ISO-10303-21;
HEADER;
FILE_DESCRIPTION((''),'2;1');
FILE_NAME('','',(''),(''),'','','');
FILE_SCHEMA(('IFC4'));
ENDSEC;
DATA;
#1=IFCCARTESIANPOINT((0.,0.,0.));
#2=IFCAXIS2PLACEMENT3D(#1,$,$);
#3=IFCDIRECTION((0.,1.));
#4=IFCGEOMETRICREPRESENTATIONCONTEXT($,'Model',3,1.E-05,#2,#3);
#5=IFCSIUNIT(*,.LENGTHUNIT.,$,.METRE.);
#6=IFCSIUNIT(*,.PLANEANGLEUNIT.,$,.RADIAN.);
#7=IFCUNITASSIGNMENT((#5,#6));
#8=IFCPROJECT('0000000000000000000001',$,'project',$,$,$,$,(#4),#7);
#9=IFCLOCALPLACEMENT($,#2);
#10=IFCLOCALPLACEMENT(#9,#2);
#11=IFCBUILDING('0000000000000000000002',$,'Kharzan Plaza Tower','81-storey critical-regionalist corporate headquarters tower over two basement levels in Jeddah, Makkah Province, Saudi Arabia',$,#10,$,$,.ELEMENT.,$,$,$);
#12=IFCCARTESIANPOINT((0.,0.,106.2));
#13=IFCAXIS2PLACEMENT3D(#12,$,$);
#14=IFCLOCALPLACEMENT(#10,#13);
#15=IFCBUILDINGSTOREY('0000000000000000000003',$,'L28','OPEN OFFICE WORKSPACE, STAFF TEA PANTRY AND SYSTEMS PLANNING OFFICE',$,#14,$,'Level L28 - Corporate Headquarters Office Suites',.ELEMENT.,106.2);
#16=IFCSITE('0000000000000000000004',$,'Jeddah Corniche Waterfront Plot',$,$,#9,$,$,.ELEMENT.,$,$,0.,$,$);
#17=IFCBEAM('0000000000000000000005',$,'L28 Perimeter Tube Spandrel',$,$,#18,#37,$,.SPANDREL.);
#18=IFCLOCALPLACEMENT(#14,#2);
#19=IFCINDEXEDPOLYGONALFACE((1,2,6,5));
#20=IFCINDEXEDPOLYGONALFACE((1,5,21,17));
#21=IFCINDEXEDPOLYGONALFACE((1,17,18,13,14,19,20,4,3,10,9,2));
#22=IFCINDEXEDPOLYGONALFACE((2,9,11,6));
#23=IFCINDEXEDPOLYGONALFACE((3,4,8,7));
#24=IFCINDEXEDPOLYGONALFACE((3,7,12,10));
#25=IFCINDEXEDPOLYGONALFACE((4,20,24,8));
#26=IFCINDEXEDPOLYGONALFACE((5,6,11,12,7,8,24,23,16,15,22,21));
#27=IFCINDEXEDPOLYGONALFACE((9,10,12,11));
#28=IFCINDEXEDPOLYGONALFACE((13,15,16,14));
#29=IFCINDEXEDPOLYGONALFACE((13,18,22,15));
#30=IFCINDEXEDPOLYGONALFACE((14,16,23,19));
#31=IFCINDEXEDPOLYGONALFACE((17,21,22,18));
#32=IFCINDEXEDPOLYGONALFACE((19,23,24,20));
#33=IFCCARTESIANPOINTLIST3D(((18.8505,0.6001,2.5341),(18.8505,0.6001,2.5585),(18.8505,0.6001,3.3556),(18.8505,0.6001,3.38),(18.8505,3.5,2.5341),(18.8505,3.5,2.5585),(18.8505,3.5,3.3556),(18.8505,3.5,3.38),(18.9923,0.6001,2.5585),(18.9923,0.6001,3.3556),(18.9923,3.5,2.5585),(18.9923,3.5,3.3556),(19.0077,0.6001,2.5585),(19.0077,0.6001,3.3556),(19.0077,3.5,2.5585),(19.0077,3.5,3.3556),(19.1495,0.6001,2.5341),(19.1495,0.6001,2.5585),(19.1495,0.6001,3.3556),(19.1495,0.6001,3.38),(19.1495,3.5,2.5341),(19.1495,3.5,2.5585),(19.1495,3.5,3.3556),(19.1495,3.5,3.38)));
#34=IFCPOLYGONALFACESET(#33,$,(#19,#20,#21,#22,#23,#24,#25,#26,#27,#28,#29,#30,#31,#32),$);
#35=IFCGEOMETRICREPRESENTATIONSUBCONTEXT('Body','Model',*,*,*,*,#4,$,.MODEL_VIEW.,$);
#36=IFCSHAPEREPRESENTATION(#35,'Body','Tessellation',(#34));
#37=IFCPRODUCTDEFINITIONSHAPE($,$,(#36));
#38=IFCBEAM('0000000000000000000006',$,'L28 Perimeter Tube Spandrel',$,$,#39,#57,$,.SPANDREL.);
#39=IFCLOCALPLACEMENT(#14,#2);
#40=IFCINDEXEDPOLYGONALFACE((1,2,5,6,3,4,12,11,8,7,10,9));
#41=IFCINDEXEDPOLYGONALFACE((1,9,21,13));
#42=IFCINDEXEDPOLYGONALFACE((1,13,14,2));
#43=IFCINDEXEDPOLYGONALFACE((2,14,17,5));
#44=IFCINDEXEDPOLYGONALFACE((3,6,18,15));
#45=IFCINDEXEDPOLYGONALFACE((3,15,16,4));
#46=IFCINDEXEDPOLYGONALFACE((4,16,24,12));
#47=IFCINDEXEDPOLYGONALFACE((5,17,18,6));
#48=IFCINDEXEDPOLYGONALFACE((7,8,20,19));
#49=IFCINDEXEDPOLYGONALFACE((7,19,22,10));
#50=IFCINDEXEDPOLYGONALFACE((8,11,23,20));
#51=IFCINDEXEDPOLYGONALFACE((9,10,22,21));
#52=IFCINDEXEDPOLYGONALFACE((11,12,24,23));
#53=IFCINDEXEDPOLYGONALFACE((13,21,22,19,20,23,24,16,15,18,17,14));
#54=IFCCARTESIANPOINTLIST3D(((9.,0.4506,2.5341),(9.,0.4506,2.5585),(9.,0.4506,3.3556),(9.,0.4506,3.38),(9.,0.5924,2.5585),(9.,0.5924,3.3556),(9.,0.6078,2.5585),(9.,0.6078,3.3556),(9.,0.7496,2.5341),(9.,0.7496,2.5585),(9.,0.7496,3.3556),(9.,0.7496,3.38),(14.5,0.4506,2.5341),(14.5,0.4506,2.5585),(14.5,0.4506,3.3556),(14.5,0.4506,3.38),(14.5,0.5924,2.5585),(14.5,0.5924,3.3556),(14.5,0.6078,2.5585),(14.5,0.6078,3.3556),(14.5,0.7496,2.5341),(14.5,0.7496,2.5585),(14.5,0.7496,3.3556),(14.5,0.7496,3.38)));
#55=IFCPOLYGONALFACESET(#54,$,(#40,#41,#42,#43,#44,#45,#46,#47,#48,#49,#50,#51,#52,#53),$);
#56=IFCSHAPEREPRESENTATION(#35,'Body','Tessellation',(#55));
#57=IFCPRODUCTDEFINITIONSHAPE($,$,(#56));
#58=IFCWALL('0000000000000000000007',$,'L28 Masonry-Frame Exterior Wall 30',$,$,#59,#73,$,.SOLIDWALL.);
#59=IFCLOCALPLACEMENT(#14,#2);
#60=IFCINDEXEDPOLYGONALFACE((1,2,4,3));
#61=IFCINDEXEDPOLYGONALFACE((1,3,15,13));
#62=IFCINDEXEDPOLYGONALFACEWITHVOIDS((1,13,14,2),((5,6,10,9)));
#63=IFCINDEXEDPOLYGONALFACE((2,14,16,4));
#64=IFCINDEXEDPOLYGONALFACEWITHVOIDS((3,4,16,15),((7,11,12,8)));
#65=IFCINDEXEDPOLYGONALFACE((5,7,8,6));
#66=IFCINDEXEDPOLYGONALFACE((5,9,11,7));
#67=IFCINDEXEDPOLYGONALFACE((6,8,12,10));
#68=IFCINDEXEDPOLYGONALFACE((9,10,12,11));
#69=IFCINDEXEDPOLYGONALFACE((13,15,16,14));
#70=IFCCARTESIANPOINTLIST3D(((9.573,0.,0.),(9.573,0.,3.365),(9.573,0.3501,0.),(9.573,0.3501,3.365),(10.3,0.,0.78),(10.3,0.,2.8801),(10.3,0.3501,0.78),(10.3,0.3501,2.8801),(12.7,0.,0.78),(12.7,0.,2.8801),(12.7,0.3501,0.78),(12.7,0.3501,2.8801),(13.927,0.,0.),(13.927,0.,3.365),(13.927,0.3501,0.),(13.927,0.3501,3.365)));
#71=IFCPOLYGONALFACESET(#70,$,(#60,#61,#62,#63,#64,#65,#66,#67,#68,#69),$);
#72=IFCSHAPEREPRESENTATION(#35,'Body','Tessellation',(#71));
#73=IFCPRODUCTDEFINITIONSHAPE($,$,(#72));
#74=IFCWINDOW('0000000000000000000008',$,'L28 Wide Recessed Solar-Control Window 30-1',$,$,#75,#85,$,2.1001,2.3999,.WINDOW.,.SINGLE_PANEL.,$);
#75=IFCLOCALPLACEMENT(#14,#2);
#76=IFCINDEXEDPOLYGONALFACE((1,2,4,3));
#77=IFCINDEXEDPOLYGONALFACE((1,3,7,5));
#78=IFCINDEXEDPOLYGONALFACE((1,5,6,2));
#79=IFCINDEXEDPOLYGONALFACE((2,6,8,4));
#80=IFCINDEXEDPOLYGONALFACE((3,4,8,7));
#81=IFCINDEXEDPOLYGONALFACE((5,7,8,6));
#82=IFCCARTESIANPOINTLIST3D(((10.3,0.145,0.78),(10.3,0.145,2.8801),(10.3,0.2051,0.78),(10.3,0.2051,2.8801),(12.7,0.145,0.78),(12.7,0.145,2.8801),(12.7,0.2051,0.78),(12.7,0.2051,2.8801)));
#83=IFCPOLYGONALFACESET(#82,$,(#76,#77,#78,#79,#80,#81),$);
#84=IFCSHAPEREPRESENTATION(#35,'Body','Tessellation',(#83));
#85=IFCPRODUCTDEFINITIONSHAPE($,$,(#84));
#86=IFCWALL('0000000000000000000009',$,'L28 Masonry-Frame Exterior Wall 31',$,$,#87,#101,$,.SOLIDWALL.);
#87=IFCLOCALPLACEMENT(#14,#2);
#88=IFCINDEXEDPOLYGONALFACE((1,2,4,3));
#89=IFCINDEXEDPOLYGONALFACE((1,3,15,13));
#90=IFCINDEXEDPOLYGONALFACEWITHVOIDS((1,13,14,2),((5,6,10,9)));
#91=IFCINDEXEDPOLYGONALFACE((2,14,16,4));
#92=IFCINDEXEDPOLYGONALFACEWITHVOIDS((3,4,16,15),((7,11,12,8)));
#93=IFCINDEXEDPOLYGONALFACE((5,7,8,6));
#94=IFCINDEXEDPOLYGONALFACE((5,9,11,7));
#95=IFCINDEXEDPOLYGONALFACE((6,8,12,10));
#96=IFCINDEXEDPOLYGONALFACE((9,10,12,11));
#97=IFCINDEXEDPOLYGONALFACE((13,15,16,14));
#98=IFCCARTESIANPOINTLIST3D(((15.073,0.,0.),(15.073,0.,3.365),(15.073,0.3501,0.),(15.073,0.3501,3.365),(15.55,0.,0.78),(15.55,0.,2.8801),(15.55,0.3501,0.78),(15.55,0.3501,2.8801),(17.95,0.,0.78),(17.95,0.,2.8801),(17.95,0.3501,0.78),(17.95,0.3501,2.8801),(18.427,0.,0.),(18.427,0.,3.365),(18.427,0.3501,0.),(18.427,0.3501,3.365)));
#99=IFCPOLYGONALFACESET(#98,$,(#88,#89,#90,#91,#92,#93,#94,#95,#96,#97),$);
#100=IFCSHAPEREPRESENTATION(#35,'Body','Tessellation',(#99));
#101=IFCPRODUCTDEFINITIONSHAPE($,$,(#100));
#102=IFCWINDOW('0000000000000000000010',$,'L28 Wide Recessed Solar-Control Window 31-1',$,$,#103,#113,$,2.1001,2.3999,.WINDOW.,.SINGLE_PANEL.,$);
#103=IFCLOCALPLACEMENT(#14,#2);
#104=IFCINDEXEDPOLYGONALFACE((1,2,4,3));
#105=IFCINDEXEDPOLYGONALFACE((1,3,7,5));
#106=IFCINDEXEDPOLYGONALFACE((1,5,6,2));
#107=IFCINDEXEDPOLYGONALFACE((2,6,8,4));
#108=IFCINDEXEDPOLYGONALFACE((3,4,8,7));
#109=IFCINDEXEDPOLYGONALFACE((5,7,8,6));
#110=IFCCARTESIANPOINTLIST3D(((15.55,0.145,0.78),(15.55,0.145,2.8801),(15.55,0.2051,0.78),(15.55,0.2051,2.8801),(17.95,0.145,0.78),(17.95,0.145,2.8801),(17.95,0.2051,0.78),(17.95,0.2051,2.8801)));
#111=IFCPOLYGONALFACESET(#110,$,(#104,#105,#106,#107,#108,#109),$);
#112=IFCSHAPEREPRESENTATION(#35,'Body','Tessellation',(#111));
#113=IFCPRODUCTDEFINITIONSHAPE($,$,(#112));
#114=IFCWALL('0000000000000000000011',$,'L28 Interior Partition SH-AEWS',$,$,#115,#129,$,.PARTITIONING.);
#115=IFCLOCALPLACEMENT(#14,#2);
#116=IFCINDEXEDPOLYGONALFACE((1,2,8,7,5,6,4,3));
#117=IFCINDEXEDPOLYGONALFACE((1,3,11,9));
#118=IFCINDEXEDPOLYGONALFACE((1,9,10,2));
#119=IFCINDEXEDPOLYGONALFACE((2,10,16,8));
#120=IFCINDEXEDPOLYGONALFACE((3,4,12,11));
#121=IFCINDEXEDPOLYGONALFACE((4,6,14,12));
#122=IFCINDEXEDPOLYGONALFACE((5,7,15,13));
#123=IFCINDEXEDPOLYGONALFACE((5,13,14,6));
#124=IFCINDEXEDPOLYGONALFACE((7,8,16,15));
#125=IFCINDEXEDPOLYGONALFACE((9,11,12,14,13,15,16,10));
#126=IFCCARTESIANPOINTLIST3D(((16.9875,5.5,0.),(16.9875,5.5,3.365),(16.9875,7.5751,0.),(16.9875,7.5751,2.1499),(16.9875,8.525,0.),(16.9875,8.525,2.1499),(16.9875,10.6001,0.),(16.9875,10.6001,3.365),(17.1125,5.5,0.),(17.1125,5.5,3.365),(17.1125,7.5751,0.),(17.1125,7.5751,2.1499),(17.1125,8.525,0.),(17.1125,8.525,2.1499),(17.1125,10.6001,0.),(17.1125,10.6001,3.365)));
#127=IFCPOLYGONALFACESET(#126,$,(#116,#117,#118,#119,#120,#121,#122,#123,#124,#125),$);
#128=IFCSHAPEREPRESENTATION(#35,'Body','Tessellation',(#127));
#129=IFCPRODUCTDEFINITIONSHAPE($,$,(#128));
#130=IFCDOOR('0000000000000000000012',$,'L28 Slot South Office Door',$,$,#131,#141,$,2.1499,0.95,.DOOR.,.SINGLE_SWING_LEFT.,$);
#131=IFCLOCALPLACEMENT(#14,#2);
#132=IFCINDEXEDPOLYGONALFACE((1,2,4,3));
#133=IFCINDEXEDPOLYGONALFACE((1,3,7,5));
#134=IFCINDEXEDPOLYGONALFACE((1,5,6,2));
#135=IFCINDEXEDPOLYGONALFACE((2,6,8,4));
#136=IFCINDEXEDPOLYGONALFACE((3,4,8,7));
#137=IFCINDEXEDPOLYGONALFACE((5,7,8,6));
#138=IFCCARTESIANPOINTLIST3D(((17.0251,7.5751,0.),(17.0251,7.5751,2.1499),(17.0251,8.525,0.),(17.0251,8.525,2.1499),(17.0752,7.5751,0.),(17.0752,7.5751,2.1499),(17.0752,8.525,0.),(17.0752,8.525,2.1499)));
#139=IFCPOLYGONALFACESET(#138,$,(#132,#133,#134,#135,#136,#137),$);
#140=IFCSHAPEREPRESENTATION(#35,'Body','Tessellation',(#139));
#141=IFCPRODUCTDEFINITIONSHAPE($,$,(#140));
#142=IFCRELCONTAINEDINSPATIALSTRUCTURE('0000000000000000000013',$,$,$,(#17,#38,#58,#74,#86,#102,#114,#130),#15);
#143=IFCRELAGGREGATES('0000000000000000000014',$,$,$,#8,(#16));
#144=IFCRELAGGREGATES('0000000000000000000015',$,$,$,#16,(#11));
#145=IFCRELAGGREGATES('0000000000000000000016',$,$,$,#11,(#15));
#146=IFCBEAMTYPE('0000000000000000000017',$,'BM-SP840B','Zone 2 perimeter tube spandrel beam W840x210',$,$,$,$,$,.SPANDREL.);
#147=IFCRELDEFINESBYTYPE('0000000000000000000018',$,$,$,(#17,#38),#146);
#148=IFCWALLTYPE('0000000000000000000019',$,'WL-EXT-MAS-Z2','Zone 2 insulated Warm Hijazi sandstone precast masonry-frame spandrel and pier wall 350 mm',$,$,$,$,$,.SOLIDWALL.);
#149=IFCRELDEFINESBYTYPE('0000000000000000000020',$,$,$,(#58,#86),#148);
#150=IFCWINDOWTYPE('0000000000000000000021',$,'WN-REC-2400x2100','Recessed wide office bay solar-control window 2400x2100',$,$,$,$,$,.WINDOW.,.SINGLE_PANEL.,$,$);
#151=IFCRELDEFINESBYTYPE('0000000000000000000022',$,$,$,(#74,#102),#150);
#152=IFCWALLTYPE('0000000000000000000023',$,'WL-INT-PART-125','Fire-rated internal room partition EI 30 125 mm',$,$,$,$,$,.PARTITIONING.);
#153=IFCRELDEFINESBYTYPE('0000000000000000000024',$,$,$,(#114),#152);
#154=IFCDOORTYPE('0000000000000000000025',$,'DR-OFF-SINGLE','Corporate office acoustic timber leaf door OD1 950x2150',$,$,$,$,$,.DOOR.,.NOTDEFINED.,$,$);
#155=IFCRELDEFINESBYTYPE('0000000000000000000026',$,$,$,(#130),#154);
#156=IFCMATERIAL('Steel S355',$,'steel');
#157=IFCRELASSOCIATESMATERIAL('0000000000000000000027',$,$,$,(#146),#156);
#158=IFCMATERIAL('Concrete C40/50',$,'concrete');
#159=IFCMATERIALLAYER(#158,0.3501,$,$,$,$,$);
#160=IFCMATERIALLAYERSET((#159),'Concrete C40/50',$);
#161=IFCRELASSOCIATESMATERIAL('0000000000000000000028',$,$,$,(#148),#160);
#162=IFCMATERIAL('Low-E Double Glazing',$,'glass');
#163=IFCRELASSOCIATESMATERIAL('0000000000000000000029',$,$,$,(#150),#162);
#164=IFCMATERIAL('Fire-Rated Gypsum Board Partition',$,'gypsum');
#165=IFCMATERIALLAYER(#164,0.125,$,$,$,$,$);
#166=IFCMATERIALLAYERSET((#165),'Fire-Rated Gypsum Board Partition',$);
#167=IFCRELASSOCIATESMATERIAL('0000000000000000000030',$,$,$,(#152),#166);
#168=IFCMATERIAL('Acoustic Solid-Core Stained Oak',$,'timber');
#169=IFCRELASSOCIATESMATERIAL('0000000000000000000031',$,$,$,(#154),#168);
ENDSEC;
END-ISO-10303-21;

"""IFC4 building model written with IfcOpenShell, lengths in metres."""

from ifc_helpers import new_model, si_unit, direction, frame, frame_2d, origin, origin_2d, place, context, subcontext, project, spatial, rectangle, i_section, extrude, source, transform, mapped, material, layer, layer_set, material_profile, profile_set, type_object, element, fill, save


model = new_model("IFC4")

# Units and contexts
model_context = context("Model", 3, precision=1e-05, world=origin(), true_north=direction((0.0, 1.0)))
body_context = subcontext(model_context, "Body", "Model", "MODEL_VIEW")
ifc_project = project(units=[si_unit("LENGTHUNIT", "METRE"), si_unit("PLANEANGLEUNIT", "RADIAN")], contexts=[model_context])

# Site, building, storey
site_placement = place(None, origin())
site = spatial("IfcSite", under=ifc_project, at=site_placement, Name="Jeddah Corniche Waterfront Plot", CompositionType="ELEMENT", RefElevation=0.0)
building_placement = place(site_placement, origin())
building = spatial("IfcBuilding", under=site, at=building_placement, Name="Kharzan Plaza Tower", Description="81-storey critical-regionalist corporate headquarters tower over two basement levels in Jeddah, Makkah Province, Saudi Arabia", CompositionType="ELEMENT")
storey_placement = place(building_placement, frame((0.0, 0.0, 106.2)))
storey = spatial("IfcBuildingStorey", under=building, at=storey_placement, Name="L28", Description="OPEN OFFICE WORKSPACE, STAFF TEA PANTRY AND SYSTEMS PLANNING OFFICE", LongName="Level L28 - Corporate Headquarters Office Suites", CompositionType="ELEMENT", Elevation=106.2)

# Beams
ifc_material_1 = material(Name="Steel S355", Category="steel")
ifc_material_profile_1 = material_profile(ifc_material_1, i_section(OverallWidth=0.2991, OverallDepth=0.8459, WebThickness=0.0154, FlangeThickness=0.0244, at=origin_2d()), Name="W840x210")
ifc_profile_set_1 = profile_set([ifc_material_profile_1], Name="Steel S355")
beam_type_1 = type_object("IfcBeamType", Name="BM-SP840B", Description="Zone 2 perimeter tube spandrel beam W840x210", PredefinedType="SPANDREL", material=ifc_profile_set_1)
shared_shape_1 = source(origin(), body_context, "Body", "SweptSolid", [
    extrude(i_section(OverallWidth=0.2991, OverallDepth=0.8459, WebThickness=0.0154, FlangeThickness=0.0244, at=origin_2d()), origin(), (0.0, 0.0, 1.0), 2.8999),
])
beam_1_placement = place(storey_placement, frame((19.0, 0.6001, 2.957), z_axis=(0.0, 1.0, 0.0), x_axis=(-1.0, 0.0, 0.0)))
element("IfcBeam", 1, at=beam_1_placement, inside=storey, type_object=beam_type_1, Name="L28 Perimeter Tube Spandrel", PredefinedType="SPANDREL", context=body_context, shape_type="MappedRepresentation", body=[
    mapped(shared_shape_1, transform((0.0, 0.0, 0.0), x_axis=(1.0, 0.0, 0.0), y_axis=(0.0, 1.0, 0.0), z_axis=(0.0, 0.0, 1.0))),
])
shared_shape_2 = source(origin(), body_context, "Body", "SweptSolid", [
    extrude(i_section(OverallWidth=0.2991, OverallDepth=0.8459, WebThickness=0.0154, FlangeThickness=0.0244, at=origin_2d()), origin(), (0.0, 0.0, 1.0), 5.5),
])
beam_2_placement = place(storey_placement, frame((9.0, 0.6001, 2.957), z_axis=(1.0, 0.0, 0.0), x_axis=(0.0, 1.0, 0.0)))
element("IfcBeam", 2, at=beam_2_placement, inside=storey, type_object=beam_type_1, Name="L28 Perimeter Tube Spandrel", PredefinedType="SPANDREL", context=body_context, shape_type="MappedRepresentation", body=[
    mapped(shared_shape_2, transform((0.0, 0.0, 0.0), x_axis=(1.0, 0.0, 0.0), y_axis=(0.0, 1.0, 0.0), z_axis=(0.0, 0.0, 1.0))),
])

# Walls, openings, windows
ifc_material_2 = material(Name="Concrete C40/50", Category="concrete")
ifc_layer_1 = layer(ifc_material_2, 0.3501)
ifc_layer_set_1 = layer_set([ifc_layer_1], Name="Concrete C40/50")
wall_type_1 = type_object("IfcWallType", Name="WL-EXT-MAS-Z2", Description="Zone 2 insulated Warm Hijazi sandstone precast masonry-frame spandrel and pier wall 350 mm", PredefinedType="SOLIDWALL", material=ifc_layer_set_1)
wall_1_placement = place(storey_placement, frame((9.573, 0.175, 0.0), z_axis=(0.0, 0.0, 1.0), x_axis=(1.0, 0.0, 0.0)))
wall_1 = element("IfcWall", 3, at=wall_1_placement, inside=storey, type_object=wall_type_1, Name="L28 Masonry-Frame Exterior Wall 30", PredefinedType="SOLIDWALL", context=body_context, shape_type="SweptSolid", body=[
    extrude(rectangle(XDim=4.354, YDim=0.3501, at=frame_2d((2.177, 0.0))), origin(), (0.0, 0.0, 1.0), 3.365),
])
opening_1_placement = place(wall_1_placement, frame((0.7271, 0.0, 0.78)))
opening_1 = element("IfcOpeningElement", 4, at=opening_1_placement, cuts=wall_1, PredefinedType="OPENING", context=body_context, shape_type="SweptSolid", body=[
    extrude(rectangle(XDim=2.3999, YDim=2.1001, at=frame_2d((1.2, 1.05))), frame((0.0, 0.1851, 0.0), z_axis=(0.0, -1.0, 0.0), x_axis=(1.0, 0.0, 0.0)), (0.0, 0.0, 1.0), 0.3701),
])
ifc_material_3 = material(Name="Low-E Double Glazing", Category="glass")
window_type = type_object("IfcWindowType", Name="WN-REC-2400x2100", Description="Recessed wide office bay solar-control window 2400x2100", PartitioningType="SINGLE_PANEL", PredefinedType="WINDOW", material=ifc_material_3)
shared_shape_3 = source(origin(), body_context, "Body", "SweptSolid", [
    extrude(rectangle(XDim=2.3999, YDim=2.1001, at=frame_2d((1.2, 1.05))), frame((0.0, 0.03, 0.0), z_axis=(0.0, -1.0, 0.0), x_axis=(1.0, 0.0, 0.0)), (0.0, 0.0, 1.0), 0.0601),
])
window_1_placement = place(opening_1_placement, origin())
window_1 = element("IfcWindow", 5, at=window_1_placement, inside=storey, type_object=window_type, Name="L28 Wide Recessed Solar-Control Window 30-1", OverallHeight=2.1001, OverallWidth=2.3999, PartitioningType="SINGLE_PANEL", PredefinedType="WINDOW", context=body_context, shape_type="MappedRepresentation", body=[
    mapped(shared_shape_3, transform((0.0, 0.0, 0.0), x_axis=(1.0, 0.0, 0.0), y_axis=(0.0, 1.0, 0.0), z_axis=(0.0, 0.0, 1.0))),
])
fill(opening_1, window_1)
wall_2_placement = place(storey_placement, frame((15.073, 0.175, 0.0), z_axis=(0.0, 0.0, 1.0), x_axis=(1.0, 0.0, 0.0)))
wall_2 = element("IfcWall", 6, at=wall_2_placement, inside=storey, type_object=wall_type_1, Name="L28 Masonry-Frame Exterior Wall 31", PredefinedType="SOLIDWALL", context=body_context, shape_type="SweptSolid", body=[
    extrude(rectangle(XDim=3.354, YDim=0.3501, at=frame_2d((1.677, 0.0))), origin(), (0.0, 0.0, 1.0), 3.365),
])
opening_2_placement = place(wall_2_placement, frame((0.4771, 0.0, 0.78)))
opening_2 = element("IfcOpeningElement", 7, at=opening_2_placement, cuts=wall_2, PredefinedType="OPENING", context=body_context, shape_type="SweptSolid", body=[
    extrude(rectangle(XDim=2.3999, YDim=2.1001, at=frame_2d((1.2, 1.05))), frame((0.0, 0.1851, 0.0), z_axis=(0.0, -1.0, 0.0), x_axis=(1.0, 0.0, 0.0)), (0.0, 0.0, 1.0), 0.3701),
])
window_2_placement = place(opening_2_placement, origin())
window_2 = element("IfcWindow", 8, at=window_2_placement, inside=storey, type_object=window_type, Name="L28 Wide Recessed Solar-Control Window 31-1", OverallHeight=2.1001, OverallWidth=2.3999, PartitioningType="SINGLE_PANEL", PredefinedType="WINDOW", context=body_context, shape_type="MappedRepresentation", body=[
    mapped(shared_shape_3, transform((0.0, 0.0, 0.0), x_axis=(1.0, 0.0, 0.0), y_axis=(0.0, 1.0, 0.0), z_axis=(0.0, 0.0, 1.0))),
])
fill(opening_2, window_2)

# Wall, opening, door
ifc_material_4 = material(Name="Fire-Rated Gypsum Board Partition", Category="gypsum")
ifc_layer_2 = layer(ifc_material_4, 0.125)
ifc_layer_set_2 = layer_set([ifc_layer_2], Name="Fire-Rated Gypsum Board Partition")
wall_type_2 = type_object("IfcWallType", Name="WL-INT-PART-125", Description="Fire-rated internal room partition EI 30 125 mm", PredefinedType="PARTITIONING", material=ifc_layer_set_2)
wall_3_placement = place(storey_placement, frame((17.05, 5.5, 0.0), z_axis=(0.0, 0.0, 1.0), x_axis=(0.0, 1.0, 0.0)))
wall_3 = element("IfcWall", 9, at=wall_3_placement, inside=storey, type_object=wall_type_2, Name="L28 Interior Partition SH-AEWS", PredefinedType="PARTITIONING", context=body_context, shape_type="SweptSolid", body=[
    extrude(rectangle(XDim=5.1001, YDim=0.125, at=frame_2d((2.55, 0.0))), origin(), (0.0, 0.0, 1.0), 3.365),
])
opening_3_placement = place(wall_3_placement, frame((2.075, 0.0, 0.0)))
opening_3 = element("IfcOpeningElement", 10, at=opening_3_placement, cuts=wall_3, PredefinedType="OPENING", context=body_context, shape_type="SweptSolid", body=[
    extrude(rectangle(XDim=0.95, YDim=2.1499, at=frame_2d((0.4751, 1.075))), frame((0.0, 0.0725, 0.0), z_axis=(0.0, -1.0, 0.0), x_axis=(1.0, 0.0, 0.0)), (0.0, 0.0, 1.0), 0.145),
])
ifc_material_5 = material(Name="Acoustic Solid-Core Stained Oak", Category="timber")
door_type = type_object("IfcDoorType", Name="DR-OFF-SINGLE", Description="Corporate office acoustic timber leaf door OD1 950x2150", OperationType="NOTDEFINED", PredefinedType="DOOR", material=ifc_material_5)
shared_shape_4 = source(origin(), body_context, "Body", "SweptSolid", [
    extrude(rectangle(XDim=0.95, YDim=2.1499, at=frame_2d((0.4751, 1.075))), frame((0.0, 0.0249, 0.0), z_axis=(0.0, -1.0, 0.0), x_axis=(1.0, 0.0, 0.0)), (0.0, 0.0, 1.0), 0.05),
])
door_1_placement = place(opening_3_placement, origin())
door_1 = element("IfcDoor", 11, at=door_1_placement, inside=storey, type_object=door_type, Name="L28 Slot South Office Door", OperationType="SINGLE_SWING_LEFT", OverallHeight=2.1499, OverallWidth=0.95, PredefinedType="DOOR", context=body_context, shape_type="MappedRepresentation", body=[
    mapped(shared_shape_4, transform((0.0, 0.0, 0.0), x_axis=(1.0, 0.0, 0.0), y_axis=(0.0, 1.0, 0.0), z_axis=(0.0, 0.0, 1.0))),
])
fill(opening_3, door_1)

save(model, "model.ifc")
